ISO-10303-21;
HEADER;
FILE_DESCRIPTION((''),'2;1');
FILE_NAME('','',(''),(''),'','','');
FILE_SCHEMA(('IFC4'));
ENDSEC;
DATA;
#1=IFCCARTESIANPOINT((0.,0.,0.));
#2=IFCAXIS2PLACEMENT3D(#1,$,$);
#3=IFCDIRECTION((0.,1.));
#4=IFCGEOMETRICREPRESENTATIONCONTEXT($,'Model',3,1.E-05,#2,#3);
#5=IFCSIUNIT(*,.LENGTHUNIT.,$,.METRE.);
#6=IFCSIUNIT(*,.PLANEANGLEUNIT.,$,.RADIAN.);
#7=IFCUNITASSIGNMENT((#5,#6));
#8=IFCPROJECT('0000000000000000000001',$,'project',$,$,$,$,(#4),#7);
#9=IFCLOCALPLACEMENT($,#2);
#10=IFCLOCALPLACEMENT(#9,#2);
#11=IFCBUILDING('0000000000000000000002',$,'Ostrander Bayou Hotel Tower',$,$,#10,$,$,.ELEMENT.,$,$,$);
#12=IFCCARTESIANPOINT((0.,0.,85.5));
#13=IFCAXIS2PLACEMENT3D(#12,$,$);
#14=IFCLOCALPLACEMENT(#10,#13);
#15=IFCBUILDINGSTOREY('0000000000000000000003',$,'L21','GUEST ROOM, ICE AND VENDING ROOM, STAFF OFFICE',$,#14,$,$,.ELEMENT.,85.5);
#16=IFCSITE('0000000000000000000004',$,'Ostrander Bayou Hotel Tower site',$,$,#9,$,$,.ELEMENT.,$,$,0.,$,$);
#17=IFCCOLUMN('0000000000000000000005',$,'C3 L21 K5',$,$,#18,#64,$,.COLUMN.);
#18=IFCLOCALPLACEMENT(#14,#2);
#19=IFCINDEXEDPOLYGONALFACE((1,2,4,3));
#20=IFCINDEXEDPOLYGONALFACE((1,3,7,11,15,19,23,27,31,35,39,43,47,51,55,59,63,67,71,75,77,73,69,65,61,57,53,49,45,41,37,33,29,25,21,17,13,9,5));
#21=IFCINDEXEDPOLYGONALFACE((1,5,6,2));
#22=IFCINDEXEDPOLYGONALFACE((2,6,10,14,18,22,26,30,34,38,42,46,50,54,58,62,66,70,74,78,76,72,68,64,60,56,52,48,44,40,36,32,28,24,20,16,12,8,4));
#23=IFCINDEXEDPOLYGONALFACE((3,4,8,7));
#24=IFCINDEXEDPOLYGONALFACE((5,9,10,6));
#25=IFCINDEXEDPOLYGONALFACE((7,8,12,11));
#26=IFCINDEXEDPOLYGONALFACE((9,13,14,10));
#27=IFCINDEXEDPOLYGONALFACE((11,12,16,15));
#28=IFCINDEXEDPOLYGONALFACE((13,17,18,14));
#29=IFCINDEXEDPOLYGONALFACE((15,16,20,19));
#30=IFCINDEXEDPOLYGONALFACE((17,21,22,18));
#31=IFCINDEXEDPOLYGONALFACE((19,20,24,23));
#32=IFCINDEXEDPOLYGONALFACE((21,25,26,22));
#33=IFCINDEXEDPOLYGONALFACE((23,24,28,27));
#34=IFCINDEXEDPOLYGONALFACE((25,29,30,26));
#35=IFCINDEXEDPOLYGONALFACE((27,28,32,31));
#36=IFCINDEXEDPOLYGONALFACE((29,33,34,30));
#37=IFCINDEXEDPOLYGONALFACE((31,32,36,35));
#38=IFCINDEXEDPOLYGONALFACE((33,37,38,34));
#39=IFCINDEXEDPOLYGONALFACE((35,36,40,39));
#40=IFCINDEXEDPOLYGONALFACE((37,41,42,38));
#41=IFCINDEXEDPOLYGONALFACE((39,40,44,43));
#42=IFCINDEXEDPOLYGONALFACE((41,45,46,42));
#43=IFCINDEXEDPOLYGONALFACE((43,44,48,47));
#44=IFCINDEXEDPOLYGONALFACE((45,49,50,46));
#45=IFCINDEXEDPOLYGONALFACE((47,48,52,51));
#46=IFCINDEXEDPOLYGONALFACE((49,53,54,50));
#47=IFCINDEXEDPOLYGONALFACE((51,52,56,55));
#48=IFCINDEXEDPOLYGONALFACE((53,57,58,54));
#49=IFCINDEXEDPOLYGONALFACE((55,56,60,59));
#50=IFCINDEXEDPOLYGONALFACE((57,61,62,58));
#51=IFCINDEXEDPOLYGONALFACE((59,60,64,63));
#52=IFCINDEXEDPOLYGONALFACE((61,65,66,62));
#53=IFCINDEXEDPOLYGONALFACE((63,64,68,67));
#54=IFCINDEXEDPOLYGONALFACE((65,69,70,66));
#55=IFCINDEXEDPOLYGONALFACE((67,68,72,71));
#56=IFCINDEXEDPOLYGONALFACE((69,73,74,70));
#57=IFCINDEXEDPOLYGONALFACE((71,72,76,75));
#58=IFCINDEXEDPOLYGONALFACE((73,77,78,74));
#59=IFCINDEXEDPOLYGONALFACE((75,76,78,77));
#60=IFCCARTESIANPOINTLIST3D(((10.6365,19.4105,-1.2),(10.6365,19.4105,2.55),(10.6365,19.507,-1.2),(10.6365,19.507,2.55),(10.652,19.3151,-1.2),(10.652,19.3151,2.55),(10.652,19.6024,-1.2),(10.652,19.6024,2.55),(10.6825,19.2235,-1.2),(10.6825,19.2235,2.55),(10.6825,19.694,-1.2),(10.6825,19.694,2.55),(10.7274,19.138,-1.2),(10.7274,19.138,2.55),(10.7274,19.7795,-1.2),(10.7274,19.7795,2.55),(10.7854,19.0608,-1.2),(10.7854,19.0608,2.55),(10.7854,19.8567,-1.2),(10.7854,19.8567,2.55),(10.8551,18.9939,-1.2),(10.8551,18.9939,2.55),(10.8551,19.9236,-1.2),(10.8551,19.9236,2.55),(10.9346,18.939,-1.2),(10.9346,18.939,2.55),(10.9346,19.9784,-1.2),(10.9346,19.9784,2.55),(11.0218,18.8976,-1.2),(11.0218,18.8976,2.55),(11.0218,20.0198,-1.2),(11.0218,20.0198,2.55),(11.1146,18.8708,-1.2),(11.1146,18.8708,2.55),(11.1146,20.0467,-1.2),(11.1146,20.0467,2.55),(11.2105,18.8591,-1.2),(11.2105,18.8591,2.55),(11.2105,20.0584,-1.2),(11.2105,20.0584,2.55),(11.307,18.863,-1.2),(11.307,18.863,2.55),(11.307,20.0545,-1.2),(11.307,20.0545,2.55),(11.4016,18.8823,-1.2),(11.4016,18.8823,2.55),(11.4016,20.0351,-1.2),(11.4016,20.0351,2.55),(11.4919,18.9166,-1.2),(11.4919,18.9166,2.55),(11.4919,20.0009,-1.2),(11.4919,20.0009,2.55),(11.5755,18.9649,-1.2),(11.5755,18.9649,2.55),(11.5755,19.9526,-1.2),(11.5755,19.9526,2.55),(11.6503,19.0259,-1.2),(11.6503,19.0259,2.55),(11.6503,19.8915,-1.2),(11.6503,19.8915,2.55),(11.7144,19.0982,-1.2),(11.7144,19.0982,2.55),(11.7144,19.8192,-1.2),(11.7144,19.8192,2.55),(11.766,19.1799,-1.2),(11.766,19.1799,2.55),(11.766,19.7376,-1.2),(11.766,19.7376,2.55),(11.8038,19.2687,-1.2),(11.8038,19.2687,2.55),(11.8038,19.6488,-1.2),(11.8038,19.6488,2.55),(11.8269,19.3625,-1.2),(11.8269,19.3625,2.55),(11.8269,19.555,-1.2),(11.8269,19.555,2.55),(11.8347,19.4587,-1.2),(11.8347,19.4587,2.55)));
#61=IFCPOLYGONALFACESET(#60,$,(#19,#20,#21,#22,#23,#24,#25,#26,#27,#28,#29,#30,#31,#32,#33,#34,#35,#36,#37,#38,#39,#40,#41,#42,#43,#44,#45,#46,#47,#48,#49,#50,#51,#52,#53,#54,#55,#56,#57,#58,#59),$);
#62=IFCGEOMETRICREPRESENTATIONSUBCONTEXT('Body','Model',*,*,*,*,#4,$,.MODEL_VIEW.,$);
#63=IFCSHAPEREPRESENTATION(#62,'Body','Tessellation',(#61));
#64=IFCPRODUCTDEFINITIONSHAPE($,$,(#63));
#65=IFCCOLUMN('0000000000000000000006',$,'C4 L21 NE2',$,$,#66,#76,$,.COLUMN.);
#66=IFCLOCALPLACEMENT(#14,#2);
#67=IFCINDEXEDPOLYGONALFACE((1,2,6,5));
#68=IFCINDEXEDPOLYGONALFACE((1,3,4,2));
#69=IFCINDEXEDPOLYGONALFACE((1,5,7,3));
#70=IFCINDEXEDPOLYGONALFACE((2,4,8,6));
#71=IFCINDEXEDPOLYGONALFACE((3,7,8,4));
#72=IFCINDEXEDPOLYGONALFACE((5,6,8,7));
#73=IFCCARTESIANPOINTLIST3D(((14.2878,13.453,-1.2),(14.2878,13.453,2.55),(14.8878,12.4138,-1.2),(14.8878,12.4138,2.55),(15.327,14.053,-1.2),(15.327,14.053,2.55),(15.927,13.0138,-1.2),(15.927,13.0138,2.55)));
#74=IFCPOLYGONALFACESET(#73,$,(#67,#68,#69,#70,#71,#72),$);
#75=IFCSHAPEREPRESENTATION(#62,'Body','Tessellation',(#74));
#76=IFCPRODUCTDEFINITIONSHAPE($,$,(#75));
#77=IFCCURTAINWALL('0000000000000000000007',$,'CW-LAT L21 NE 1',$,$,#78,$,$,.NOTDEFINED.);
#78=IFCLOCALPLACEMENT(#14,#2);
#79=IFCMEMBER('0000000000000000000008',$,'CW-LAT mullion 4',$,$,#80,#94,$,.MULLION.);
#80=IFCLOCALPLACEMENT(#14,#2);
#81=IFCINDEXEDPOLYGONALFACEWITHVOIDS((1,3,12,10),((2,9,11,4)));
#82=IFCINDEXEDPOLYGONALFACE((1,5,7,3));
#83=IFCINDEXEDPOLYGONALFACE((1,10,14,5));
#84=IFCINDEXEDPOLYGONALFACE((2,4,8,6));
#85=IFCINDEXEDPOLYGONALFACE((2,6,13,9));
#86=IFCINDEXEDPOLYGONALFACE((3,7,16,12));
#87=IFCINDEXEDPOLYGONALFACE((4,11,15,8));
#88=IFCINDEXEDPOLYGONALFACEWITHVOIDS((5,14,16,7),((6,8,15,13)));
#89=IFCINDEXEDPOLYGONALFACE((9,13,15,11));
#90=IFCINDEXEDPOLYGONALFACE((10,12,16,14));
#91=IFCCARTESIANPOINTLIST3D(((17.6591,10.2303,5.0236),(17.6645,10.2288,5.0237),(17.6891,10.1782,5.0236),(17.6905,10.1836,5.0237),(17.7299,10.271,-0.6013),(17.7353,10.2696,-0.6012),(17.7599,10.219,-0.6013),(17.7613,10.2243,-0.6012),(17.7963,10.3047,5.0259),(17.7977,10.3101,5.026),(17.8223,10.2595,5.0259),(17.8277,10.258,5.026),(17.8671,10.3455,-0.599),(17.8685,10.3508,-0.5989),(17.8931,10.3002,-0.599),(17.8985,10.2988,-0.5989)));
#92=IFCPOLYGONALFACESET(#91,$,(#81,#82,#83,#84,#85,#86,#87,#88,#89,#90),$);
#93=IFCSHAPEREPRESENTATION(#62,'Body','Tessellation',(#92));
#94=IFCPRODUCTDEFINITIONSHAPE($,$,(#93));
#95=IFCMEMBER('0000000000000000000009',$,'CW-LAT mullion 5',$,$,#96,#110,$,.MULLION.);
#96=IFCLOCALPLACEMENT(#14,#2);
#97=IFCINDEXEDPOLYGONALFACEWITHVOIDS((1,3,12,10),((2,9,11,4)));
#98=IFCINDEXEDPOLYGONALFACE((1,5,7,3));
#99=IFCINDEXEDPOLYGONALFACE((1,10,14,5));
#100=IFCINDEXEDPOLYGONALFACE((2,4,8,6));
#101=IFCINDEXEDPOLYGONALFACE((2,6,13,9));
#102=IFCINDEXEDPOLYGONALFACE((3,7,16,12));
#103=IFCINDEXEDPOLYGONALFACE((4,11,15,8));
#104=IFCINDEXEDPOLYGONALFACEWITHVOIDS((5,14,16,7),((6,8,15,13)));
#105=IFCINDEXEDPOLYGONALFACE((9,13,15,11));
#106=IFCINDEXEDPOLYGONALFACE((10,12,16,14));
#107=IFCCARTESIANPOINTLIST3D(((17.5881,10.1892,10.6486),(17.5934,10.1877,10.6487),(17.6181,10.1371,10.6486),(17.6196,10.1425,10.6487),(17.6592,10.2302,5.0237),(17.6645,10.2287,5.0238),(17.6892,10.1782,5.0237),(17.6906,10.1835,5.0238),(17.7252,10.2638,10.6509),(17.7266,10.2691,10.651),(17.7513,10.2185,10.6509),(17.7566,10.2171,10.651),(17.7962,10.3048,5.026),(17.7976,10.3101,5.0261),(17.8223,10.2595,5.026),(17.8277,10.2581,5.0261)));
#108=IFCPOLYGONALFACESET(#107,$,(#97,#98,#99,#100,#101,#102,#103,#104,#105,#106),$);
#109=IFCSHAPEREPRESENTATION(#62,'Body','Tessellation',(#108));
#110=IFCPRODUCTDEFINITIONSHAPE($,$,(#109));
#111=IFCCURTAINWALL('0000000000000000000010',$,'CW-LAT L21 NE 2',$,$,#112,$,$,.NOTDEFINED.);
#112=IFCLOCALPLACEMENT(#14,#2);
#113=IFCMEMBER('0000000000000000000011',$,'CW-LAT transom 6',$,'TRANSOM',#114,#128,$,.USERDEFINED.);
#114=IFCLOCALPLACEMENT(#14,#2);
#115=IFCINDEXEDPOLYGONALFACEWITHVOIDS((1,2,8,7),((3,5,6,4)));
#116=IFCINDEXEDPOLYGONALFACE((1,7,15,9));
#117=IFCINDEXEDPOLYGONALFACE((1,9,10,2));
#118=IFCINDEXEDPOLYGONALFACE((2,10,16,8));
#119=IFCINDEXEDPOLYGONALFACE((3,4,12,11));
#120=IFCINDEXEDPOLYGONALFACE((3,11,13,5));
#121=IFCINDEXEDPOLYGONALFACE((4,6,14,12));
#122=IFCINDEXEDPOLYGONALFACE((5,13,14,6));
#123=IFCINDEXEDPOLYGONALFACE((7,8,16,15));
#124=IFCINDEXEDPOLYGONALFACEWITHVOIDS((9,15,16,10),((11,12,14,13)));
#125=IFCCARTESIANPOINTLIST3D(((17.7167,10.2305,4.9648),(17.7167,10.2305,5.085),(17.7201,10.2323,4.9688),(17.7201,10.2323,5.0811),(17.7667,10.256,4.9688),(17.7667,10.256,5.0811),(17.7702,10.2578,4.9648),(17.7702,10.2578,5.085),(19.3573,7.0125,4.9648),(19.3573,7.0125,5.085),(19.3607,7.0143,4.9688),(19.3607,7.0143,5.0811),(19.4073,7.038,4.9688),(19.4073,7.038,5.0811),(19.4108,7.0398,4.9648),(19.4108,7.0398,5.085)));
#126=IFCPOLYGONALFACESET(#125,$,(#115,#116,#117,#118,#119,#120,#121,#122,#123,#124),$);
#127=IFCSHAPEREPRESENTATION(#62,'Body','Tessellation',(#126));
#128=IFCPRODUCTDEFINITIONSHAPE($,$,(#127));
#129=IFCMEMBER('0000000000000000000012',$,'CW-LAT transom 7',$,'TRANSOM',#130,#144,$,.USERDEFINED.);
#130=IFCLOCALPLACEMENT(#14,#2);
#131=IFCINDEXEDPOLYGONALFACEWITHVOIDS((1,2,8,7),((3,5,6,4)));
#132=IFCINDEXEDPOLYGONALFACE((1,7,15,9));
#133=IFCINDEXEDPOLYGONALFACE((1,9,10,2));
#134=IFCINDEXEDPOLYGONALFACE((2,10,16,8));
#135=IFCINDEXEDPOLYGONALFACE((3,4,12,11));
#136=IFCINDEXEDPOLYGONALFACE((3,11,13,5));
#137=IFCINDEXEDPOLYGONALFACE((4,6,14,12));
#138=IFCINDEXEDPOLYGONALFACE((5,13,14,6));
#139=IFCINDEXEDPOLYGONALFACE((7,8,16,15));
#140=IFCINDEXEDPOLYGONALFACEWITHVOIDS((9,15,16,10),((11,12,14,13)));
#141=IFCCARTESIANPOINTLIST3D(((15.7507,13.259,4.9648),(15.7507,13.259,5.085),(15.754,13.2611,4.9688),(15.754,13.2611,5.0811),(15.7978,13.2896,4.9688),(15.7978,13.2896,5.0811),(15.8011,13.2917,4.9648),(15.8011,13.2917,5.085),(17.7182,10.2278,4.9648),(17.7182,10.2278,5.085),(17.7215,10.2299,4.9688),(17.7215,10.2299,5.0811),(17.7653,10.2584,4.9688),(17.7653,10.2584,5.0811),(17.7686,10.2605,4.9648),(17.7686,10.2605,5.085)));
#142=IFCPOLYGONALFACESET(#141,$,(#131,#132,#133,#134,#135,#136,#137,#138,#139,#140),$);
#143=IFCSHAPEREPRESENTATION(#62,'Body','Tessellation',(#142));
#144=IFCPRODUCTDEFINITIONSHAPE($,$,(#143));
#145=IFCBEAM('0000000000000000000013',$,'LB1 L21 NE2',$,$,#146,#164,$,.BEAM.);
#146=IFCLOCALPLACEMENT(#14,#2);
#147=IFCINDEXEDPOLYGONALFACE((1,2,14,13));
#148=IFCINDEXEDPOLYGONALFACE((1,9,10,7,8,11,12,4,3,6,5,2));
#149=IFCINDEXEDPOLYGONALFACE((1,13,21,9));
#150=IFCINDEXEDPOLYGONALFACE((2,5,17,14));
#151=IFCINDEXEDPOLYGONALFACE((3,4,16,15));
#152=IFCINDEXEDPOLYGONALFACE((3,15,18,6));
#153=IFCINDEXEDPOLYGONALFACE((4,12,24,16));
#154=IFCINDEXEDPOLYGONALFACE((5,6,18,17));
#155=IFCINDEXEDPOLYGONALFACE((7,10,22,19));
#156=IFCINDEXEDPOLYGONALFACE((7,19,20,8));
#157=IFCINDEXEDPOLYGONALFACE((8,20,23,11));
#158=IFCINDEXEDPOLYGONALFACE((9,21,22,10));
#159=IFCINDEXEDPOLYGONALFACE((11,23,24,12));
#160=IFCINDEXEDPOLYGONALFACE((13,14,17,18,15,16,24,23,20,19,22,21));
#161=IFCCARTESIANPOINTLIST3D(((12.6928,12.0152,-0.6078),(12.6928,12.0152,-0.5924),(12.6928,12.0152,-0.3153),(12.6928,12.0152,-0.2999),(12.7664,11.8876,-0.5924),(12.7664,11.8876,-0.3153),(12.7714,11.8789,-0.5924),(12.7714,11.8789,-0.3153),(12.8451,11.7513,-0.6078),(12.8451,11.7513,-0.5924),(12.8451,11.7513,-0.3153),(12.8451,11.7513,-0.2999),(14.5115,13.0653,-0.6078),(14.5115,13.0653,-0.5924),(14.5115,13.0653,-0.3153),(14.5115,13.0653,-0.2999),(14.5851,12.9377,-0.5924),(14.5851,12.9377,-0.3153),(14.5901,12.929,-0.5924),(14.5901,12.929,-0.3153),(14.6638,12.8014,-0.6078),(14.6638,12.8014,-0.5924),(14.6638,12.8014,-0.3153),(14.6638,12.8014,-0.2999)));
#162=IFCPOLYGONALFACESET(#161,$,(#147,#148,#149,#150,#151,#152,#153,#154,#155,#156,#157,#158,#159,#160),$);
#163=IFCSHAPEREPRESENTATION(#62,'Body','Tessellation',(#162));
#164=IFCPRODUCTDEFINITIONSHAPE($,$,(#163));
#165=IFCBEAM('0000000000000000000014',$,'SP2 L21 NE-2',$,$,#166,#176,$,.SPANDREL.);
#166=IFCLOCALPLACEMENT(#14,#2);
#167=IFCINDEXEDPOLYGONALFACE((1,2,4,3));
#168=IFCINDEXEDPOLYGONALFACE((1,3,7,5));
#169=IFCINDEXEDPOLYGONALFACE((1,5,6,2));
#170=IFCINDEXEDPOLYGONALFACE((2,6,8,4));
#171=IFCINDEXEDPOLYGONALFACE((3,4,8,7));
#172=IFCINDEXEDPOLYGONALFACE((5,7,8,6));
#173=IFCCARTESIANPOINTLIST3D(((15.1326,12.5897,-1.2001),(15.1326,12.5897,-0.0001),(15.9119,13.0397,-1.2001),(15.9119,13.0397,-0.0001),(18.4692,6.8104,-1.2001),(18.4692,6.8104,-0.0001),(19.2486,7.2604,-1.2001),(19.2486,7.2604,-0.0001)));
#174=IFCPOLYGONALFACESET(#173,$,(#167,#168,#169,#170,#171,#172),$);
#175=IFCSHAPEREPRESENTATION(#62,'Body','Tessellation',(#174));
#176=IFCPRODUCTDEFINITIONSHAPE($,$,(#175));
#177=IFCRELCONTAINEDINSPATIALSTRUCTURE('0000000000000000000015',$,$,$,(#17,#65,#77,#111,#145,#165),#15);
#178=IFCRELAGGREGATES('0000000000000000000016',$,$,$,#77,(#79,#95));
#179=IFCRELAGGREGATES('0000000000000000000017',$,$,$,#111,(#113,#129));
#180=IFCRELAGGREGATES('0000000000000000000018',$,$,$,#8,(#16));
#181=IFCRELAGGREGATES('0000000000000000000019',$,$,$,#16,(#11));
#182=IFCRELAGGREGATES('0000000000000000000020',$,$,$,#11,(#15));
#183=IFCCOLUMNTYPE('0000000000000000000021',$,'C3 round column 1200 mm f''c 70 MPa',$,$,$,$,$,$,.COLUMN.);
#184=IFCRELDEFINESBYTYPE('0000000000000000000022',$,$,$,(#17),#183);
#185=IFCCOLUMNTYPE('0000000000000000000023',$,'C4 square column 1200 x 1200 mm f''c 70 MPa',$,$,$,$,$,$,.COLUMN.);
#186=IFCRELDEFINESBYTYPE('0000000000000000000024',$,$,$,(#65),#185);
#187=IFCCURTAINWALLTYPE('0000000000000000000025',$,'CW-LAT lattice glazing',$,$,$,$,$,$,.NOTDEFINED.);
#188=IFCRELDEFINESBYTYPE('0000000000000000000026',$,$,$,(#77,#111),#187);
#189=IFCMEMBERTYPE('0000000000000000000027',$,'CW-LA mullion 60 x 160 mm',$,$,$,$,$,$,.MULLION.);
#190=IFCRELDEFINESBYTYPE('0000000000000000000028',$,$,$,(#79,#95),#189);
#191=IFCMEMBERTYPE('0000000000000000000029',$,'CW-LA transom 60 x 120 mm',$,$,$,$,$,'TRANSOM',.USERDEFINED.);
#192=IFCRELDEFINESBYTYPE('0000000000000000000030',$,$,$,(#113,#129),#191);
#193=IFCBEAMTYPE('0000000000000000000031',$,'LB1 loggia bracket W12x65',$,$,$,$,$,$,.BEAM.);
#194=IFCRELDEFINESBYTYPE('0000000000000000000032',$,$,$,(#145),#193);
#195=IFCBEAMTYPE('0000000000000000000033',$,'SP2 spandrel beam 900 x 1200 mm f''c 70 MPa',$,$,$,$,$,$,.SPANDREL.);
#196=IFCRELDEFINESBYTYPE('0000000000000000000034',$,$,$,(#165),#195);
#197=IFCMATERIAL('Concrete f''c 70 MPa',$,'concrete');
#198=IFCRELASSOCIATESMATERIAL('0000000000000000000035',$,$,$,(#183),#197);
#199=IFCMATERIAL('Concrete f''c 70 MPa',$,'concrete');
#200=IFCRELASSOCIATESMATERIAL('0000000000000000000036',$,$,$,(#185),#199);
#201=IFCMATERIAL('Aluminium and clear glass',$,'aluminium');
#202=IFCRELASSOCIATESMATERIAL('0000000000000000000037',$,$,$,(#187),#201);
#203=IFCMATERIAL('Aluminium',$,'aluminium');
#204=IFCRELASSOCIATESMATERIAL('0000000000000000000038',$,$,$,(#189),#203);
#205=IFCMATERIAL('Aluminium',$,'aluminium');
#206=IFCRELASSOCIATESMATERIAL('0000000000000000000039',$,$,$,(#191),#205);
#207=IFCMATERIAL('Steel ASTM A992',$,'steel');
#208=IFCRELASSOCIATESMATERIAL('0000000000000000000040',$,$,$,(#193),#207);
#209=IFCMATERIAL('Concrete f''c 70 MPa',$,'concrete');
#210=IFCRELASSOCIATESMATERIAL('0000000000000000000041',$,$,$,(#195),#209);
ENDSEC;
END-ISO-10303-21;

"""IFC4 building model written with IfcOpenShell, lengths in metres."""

from ifc_helpers import new_model, si_unit, direction, frame, origin, origin_2d, place, context, subcontext, project, spatial, rectangle, hollow_rectangle, circle, i_section, extrude, material, material_profile, profile_set, type_object, element, aggregate, save


model = new_model("IFC4")

# Units and contexts
model_context = context("Model", 3, precision=1e-05, world=origin(), true_north=direction((0.0, 1.0)))
body_context = subcontext(model_context, "Body", "Model", "MODEL_VIEW")
ifc_project = project(units=[si_unit("LENGTHUNIT", "METRE"), si_unit("PLANEANGLEUNIT", "RADIAN")], contexts=[model_context])

# Site, building, storey
site_placement = place(None, origin())
site = spatial("IfcSite", under=ifc_project, at=site_placement, Name="Ostrander Bayou Hotel Tower site", CompositionType="ELEMENT", RefElevation=0.0)
building_placement = place(site_placement, origin())
building = spatial("IfcBuilding", under=site, at=building_placement, Name="Ostrander Bayou Hotel Tower", CompositionType="ELEMENT")
storey_placement = place(building_placement, frame((0.0, 0.0, 85.5)))
storey = spatial("IfcBuildingStorey", under=building, at=storey_placement, Name="L21", Description="GUEST ROOM, ICE AND VENDING ROOM, STAFF OFFICE", CompositionType="ELEMENT", Elevation=85.5)

# Columns
ifc_material_1 = material(Name="Concrete f'c 70 MPa", Category="concrete")
ifc_material_profile_1 = material_profile(ifc_material_1, circle(Radius=0.6001, at=origin_2d()))
ifc_profile_set_1 = profile_set([ifc_material_profile_1], Name="Concrete f'c 70 MPa")
column_type_1 = type_object("IfcColumnType", Name="C3 round column 1200 mm f'c 70 MPa", PredefinedType="COLUMN", material=ifc_profile_set_1)
column_1_placement = place(storey_placement, frame((11.2346, 19.4587, -1.2), z_axis=(0.0, 0.0, 1.0), x_axis=(1.0, 0.0, 0.0)))
element("IfcColumn", 1, at=column_1_placement, inside=storey, type_object=column_type_1, Name="C3 L21 K5", PredefinedType="COLUMN", context=body_context, shape_type="SweptSolid", body=[
    extrude(circle(Radius=0.6001, at=origin_2d()), origin(), (0.0, 0.0, 1.0), 3.75),
])
ifc_material_2 = material(Name="Concrete f'c 70 MPa", Category="concrete")
ifc_material_profile_2 = material_profile(ifc_material_2, rectangle(XDim=1.2, YDim=1.2, at=origin_2d()))
ifc_profile_set_2 = profile_set([ifc_material_profile_2], Name="Concrete f'c 70 MPa")
column_type_2 = type_object("IfcColumnType", Name="C4 square column 1200 x 1200 mm f'c 70 MPa", PredefinedType="COLUMN", material=ifc_profile_set_2)
column_2_placement = place(storey_placement, frame((15.1074, 13.2334, -1.2), z_axis=(0.0, 0.0, 1.0), x_axis=(0.5, -0.866025, 0.0)))
element("IfcColumn", 2, at=column_2_placement, inside=storey, type_object=column_type_2, Name="C4 L21 NE2", PredefinedType="COLUMN", context=body_context, shape_type="SweptSolid", body=[
    extrude(rectangle(XDim=1.2, YDim=1.2, at=origin_2d()), origin(), (0.0, 0.0, 1.0), 3.75),
])

# Curtain walls, members
ifc_material_3 = material(Name="Aluminium and clear glass", Category="aluminium")
curtain_wall_type = type_object("IfcCurtainWallType", Name="CW-LAT lattice glazing", PredefinedType="NOTDEFINED", material=ifc_material_3)
curtain_wall_1_placement = place(storey_placement, origin())
curtain_wall_1 = element("IfcCurtainWall", 3, at=curtain_wall_1_placement, inside=storey, type_object=curtain_wall_type, Name="CW-LAT L21 NE 1", PredefinedType="NOTDEFINED")
ifc_material_4 = material(Name="Aluminium", Category="aluminium")
ifc_material_profile_3 = material_profile(ifc_material_4, hollow_rectangle(XDim=0.0601, YDim=0.1599, WallThickness=0.0039, at=origin_2d()))
ifc_profile_set_3 = profile_set([ifc_material_profile_3], Name="Aluminium")
member_type_1 = type_object("IfcMemberType", Name="CW-LA mullion 60 x 160 mm", PredefinedType="MULLION", material=ifc_profile_set_3)
member_1_placement = place(storey_placement, frame((17.8142, 10.2849, -0.6001), z_axis=(-0.012585, -0.007247, 0.999895), x_axis=(0.499032, -0.866583, 0.0)))
member_1 = element("IfcMember", 4, at=member_1_placement, type_object=member_type_1, Name="CW-LAT mullion 4", PredefinedType="MULLION", context=body_context, shape_type="SweptSolid", body=[
    extrude(hollow_rectangle(XDim=0.0601, YDim=0.1599, WallThickness=0.0039, at=origin_2d()), origin(), (0.0, 0.0, 1.0), 5.6255),
])
member_2_placement = place(storey_placement, frame((17.7434, 10.2441, 5.0249), z_axis=(-0.012629, -0.007291, 0.999894), x_axis=(0.49998, -0.866037, 0.0)))
member_2 = element("IfcMember", 5, at=member_2_placement, type_object=member_type_1, Name="CW-LAT mullion 5", PredefinedType="MULLION", context=body_context, shape_type="SweptSolid", body=[
    extrude(hollow_rectangle(XDim=0.0601, YDim=0.1599, WallThickness=0.0039, at=origin_2d()), origin(), (0.0, 0.0, 1.0), 5.6255),
])
curtain_wall_2_placement = place(storey_placement, origin())
curtain_wall_2 = element("IfcCurtainWall", 6, at=curtain_wall_2_placement, inside=storey, type_object=curtain_wall_type, Name="CW-LAT L21 NE 2", PredefinedType="NOTDEFINED")
ifc_material_5 = material(Name="Aluminium", Category="aluminium")
ifc_material_profile_4 = material_profile(ifc_material_5, hollow_rectangle(XDim=0.0601, YDim=0.1201, WallThickness=0.0039, at=origin_2d()))
ifc_profile_set_4 = profile_set([ifc_material_profile_4], Name="Aluminium")
member_type_2 = type_object("IfcMemberType", Name="CW-LA transom 60 x 120 mm", ElementType="TRANSOM", PredefinedType="USERDEFINED", material=ifc_profile_set_4)
member_3_placement = place(storey_placement, frame((17.7434, 10.2441, 5.0249), z_axis=(0.454202, -0.890899, 0.0), x_axis=(0.890899, 0.454202, 0.0)))
member_3 = element("IfcMember", 7, at=member_3_placement, type_object=member_type_2, Name="CW-LAT transom 6", ObjectType="TRANSOM", PredefinedType="USERDEFINED", context=body_context, shape_type="SweptSolid", body=[
    extrude(hollow_rectangle(XDim=0.0601, YDim=0.1201, WallThickness=0.0039, at=origin_2d()), origin(), (0.0, 0.0, 1.0), 3.6121),
])
member_4_placement = place(storey_placement, frame((17.7434, 10.2441, 5.0249), z_axis=(-0.544447, 0.838795, 0.0), x_axis=(-0.838795, -0.544447, 0.0)))
member_4 = element("IfcMember", 8, at=member_4_placement, type_object=member_type_2, Name="CW-LAT transom 7", ObjectType="TRANSOM", PredefinedType="USERDEFINED", context=body_context, shape_type="SweptSolid", body=[
    extrude(hollow_rectangle(XDim=0.0601, YDim=0.1201, WallThickness=0.0039, at=origin_2d()), origin(), (0.0, 0.0, 1.0), 3.6138),
])

# Beams
ifc_material_6 = material(Name="Steel ASTM A992", Category="steel")
ifc_material_profile_5 = material_profile(ifc_material_6, i_section(OverallWidth=0.3047, OverallDepth=0.3079, WebThickness=0.01, FlangeThickness=0.0154, at=origin_2d()))
ifc_profile_set_5 = profile_set([ifc_material_profile_5], Name="Steel ASTM A992")
beam_type_1 = type_object("IfcBeamType", Name="LB1 loggia bracket W12x65", PredefinedType="BEAM", material=ifc_profile_set_5)
beam_1_placement = place(storey_placement, frame((14.5876, 12.9333, -0.4539), z_axis=(-0.866009, -0.500028, 0.0), x_axis=(0.500028, -0.866009, 0.0)))
element("IfcBeam", 9, at=beam_1_placement, inside=storey, type_object=beam_type_1, Name="LB1 L21 NE2", PredefinedType="BEAM", context=body_context, shape_type="SweptSolid", body=[
    extrude(i_section(OverallWidth=0.3047, OverallDepth=0.3079, WebThickness=0.01, FlangeThickness=0.0154, at=origin_2d()), origin(), (0.0, 0.0, 1.0), 2.1001),
])
ifc_material_7 = material(Name="Concrete f'c 70 MPa", Category="concrete")
ifc_material_profile_6 = material_profile(ifc_material_7, rectangle(XDim=0.8999, YDim=1.2, at=origin_2d()))
ifc_profile_set_6 = profile_set([ifc_material_profile_6], Name="Concrete f'c 70 MPa")
beam_type_2 = type_object("IfcBeamType", Name="SP2 spandrel beam 900 x 1200 mm f'c 70 MPa", PredefinedType="SPANDREL", material=ifc_profile_set_6)
beam_2_placement = place(storey_placement, frame((18.8589, 7.0354, -0.6001), z_axis=(-0.499999, 0.866026, 0.0), x_axis=(-0.866026, -0.499999, 0.0)))
element("IfcBeam", 10, at=beam_2_placement, inside=storey, type_object=beam_type_2, Name="SP2 L21 NE-2", PredefinedType="SPANDREL", context=body_context, shape_type="SweptSolid", body=[
    extrude(rectangle(XDim=0.8999, YDim=1.2, at=origin_2d()), origin(), (0.0, 0.0, 1.0), 6.6733),
])

aggregate(curtain_wall_1, [member_1, member_2])
aggregate(curtain_wall_2, [member_3, member_4])

save(model, "model.ifc")
